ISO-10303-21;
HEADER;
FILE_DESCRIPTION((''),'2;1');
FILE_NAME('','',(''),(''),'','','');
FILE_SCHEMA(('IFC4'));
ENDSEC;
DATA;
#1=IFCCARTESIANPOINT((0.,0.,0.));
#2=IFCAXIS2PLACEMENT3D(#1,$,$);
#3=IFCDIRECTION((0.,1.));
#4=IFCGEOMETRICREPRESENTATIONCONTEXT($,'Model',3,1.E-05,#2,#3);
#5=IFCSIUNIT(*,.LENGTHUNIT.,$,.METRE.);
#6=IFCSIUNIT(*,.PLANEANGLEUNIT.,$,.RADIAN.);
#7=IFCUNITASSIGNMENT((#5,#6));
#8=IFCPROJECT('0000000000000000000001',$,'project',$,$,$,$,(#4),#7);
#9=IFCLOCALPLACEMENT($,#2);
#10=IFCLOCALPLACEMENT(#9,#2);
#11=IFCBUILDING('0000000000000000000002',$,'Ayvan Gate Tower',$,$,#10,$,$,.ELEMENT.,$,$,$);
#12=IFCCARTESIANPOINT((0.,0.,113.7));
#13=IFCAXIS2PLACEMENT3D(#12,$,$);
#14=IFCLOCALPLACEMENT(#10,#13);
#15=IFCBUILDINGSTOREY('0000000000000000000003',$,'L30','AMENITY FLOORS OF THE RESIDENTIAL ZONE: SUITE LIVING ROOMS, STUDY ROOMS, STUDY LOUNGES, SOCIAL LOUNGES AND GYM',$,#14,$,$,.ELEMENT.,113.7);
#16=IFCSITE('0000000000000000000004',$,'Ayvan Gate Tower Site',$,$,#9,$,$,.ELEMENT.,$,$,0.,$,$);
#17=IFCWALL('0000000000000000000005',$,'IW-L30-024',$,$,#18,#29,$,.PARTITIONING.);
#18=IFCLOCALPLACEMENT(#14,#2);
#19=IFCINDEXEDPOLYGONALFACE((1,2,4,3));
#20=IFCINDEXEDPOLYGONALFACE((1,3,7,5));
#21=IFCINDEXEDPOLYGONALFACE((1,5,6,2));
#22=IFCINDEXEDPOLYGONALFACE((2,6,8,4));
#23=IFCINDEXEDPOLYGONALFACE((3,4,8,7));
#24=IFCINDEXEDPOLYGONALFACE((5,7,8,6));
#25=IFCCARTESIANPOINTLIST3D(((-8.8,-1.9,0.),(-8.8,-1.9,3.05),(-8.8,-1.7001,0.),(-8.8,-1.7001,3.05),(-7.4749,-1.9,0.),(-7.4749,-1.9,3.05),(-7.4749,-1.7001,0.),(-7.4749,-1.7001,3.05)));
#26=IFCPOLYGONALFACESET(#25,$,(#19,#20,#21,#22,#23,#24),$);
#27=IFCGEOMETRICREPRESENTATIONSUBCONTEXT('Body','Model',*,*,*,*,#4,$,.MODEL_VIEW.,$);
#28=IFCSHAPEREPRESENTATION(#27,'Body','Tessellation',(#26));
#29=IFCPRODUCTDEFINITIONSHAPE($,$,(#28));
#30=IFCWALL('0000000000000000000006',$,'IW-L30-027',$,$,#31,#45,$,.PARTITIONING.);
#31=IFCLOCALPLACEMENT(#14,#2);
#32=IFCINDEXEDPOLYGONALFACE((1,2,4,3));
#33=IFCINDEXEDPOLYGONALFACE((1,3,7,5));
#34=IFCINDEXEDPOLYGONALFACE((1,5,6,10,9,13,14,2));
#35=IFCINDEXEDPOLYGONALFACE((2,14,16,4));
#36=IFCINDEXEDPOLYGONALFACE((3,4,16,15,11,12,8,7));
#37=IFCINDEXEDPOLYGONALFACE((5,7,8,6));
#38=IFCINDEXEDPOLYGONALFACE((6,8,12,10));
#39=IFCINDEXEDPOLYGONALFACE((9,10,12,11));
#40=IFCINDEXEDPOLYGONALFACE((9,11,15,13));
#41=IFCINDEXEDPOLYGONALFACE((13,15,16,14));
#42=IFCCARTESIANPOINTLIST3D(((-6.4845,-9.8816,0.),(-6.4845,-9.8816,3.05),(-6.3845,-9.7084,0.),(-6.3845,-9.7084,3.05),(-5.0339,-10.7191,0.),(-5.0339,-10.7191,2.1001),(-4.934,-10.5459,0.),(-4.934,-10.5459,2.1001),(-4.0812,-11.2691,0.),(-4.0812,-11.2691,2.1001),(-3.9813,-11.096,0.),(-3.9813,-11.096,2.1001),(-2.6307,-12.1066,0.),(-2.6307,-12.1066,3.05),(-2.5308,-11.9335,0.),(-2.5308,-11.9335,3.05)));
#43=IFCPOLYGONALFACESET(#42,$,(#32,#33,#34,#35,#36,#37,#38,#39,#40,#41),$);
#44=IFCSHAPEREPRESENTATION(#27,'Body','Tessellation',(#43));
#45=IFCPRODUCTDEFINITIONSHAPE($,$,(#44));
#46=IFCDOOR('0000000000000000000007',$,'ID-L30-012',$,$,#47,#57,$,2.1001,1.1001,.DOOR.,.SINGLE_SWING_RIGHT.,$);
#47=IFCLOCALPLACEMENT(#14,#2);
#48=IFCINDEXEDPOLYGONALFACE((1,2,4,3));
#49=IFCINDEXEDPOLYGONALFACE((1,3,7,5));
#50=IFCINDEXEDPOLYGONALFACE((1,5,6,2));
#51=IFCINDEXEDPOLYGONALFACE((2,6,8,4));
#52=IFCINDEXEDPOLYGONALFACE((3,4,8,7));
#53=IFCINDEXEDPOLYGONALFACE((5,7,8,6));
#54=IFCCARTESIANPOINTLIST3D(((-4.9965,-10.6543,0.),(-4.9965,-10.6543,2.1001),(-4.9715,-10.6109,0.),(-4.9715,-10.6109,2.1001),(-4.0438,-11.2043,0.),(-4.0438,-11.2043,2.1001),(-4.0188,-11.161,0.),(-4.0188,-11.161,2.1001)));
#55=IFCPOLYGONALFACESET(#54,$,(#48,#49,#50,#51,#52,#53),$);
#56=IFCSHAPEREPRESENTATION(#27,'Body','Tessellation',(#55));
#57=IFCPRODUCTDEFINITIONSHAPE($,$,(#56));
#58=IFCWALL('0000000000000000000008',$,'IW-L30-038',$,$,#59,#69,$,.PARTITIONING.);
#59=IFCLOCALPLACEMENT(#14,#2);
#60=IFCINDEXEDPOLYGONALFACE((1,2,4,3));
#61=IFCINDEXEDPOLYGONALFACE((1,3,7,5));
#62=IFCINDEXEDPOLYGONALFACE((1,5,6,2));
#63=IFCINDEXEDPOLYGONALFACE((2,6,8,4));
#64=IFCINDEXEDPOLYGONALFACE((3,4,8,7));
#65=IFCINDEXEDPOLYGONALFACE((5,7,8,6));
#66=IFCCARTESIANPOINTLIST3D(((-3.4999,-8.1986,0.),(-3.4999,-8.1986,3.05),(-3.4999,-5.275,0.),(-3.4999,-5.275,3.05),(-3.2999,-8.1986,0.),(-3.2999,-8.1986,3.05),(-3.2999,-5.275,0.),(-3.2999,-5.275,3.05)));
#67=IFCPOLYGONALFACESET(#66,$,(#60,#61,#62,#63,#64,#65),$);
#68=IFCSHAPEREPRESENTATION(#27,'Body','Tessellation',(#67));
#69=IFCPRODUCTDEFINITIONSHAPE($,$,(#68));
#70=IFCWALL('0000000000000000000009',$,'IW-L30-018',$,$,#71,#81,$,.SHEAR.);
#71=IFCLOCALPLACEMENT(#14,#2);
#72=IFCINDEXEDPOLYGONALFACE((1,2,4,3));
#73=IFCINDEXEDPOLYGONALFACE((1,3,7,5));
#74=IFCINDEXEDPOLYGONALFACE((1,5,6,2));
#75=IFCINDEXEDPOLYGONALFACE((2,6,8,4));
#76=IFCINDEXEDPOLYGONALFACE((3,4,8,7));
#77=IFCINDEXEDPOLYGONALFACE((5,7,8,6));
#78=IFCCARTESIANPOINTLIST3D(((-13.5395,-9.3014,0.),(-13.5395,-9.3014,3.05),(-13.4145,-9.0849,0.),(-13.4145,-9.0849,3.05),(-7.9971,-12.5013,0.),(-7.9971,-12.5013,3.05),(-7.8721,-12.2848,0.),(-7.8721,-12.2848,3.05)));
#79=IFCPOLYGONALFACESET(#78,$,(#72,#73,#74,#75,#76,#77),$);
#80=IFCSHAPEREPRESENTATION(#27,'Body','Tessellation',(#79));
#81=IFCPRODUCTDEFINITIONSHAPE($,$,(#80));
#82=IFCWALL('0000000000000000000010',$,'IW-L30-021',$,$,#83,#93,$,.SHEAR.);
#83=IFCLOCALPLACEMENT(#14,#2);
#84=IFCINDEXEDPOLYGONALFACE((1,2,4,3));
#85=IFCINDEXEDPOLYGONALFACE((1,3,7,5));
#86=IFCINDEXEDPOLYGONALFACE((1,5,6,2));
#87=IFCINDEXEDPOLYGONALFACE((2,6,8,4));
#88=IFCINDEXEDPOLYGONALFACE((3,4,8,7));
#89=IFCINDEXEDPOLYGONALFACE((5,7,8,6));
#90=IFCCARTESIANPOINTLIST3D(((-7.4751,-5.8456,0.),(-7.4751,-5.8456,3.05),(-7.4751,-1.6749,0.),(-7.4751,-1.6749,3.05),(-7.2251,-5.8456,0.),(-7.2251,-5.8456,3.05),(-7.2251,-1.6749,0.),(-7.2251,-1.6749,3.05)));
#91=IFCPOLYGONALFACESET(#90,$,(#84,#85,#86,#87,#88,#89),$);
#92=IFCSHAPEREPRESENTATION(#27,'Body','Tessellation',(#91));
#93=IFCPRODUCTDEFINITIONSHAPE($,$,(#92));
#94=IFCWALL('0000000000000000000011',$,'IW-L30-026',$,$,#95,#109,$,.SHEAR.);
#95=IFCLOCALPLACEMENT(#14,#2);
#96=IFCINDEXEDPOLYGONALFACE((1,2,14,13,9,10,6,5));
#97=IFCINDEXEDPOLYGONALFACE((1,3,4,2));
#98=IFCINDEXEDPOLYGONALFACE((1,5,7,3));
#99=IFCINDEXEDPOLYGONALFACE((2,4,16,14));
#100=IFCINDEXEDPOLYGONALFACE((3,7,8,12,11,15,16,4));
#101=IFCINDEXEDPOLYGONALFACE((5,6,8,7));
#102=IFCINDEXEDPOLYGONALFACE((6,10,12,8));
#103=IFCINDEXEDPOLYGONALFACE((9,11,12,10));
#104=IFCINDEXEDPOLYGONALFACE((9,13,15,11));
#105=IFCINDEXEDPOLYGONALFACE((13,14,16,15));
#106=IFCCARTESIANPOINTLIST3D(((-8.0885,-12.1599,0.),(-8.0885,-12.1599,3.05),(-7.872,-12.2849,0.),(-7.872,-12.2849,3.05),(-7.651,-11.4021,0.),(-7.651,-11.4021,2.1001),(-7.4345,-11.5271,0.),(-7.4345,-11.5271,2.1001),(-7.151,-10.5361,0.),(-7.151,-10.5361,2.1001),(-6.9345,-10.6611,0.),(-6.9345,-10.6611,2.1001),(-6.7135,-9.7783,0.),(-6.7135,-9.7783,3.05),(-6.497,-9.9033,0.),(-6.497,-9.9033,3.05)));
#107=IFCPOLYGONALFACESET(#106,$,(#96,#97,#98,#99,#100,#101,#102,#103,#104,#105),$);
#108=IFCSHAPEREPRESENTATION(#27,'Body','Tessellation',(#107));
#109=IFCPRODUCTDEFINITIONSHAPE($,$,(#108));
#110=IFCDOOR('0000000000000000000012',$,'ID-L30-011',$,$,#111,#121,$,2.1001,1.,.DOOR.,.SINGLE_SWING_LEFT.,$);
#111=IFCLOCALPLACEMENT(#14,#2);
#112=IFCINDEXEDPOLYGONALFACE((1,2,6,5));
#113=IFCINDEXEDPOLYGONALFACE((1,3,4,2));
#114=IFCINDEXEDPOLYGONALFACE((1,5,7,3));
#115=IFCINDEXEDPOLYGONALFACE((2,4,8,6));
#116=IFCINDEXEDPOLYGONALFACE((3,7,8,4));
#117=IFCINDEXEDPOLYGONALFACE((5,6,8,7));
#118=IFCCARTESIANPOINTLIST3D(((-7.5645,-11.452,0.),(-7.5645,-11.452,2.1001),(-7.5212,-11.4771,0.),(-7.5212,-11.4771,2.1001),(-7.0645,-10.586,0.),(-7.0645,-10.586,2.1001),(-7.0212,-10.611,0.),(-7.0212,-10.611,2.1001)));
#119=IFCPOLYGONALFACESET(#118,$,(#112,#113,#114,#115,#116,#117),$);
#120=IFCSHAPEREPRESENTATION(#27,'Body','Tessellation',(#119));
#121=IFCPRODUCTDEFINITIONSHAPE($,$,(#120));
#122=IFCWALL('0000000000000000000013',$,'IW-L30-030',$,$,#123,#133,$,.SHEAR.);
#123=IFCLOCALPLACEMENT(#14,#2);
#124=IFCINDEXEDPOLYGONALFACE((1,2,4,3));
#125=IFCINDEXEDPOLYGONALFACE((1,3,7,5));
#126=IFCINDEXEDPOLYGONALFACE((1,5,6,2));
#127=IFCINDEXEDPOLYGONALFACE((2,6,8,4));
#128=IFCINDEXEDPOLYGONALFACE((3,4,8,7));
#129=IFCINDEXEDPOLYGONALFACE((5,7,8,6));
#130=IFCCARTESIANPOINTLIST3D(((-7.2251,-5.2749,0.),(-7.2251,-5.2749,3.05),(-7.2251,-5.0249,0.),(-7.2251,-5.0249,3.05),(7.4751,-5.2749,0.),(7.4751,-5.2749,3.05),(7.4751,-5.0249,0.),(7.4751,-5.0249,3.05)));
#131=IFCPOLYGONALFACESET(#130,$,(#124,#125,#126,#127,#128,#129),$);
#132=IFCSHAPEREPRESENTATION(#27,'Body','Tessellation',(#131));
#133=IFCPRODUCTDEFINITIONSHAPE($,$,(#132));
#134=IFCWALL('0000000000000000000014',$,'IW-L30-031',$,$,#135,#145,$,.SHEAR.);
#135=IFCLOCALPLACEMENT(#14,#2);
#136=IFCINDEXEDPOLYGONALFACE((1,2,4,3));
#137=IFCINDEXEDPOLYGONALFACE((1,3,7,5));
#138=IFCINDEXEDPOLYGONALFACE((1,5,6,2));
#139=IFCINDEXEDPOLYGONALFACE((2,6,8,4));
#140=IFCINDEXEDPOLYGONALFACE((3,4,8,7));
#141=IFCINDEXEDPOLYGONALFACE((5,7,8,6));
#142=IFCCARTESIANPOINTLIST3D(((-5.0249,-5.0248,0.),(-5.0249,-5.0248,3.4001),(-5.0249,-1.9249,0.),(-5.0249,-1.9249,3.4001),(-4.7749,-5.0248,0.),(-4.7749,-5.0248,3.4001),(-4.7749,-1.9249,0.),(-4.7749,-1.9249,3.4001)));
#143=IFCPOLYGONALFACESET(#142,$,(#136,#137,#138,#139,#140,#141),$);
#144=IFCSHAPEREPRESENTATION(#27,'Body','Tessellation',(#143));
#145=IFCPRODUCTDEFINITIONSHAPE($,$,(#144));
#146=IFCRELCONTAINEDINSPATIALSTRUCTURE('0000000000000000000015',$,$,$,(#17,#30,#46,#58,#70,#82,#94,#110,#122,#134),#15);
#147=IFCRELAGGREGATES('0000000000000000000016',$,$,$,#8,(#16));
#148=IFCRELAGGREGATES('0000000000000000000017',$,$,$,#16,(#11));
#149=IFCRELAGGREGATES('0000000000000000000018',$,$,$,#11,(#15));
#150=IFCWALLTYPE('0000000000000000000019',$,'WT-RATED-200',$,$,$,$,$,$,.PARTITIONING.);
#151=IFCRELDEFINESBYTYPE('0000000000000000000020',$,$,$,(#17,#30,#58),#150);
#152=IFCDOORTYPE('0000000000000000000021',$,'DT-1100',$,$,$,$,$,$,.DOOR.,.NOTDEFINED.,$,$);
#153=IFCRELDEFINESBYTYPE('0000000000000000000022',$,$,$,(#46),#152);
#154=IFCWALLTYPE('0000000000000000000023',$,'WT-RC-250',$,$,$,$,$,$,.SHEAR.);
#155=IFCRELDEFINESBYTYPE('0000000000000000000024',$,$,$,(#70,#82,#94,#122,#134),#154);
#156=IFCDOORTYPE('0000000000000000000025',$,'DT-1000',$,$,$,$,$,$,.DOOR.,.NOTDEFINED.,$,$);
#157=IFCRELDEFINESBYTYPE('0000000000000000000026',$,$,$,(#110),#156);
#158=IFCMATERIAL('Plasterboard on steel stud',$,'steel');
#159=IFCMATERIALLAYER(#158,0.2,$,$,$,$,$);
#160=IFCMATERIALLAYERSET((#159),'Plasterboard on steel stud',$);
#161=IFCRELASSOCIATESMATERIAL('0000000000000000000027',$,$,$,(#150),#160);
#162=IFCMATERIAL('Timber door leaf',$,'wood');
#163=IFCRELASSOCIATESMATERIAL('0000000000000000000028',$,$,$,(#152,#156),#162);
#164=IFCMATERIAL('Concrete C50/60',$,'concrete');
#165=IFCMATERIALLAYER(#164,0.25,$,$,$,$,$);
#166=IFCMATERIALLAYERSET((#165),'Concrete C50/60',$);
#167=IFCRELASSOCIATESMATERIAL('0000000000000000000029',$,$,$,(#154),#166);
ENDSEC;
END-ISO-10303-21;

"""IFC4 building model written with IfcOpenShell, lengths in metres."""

from ifc_helpers import new_model, si_unit, direction, frame, frame_2d, origin, place, context, subcontext, project, spatial, rectangle, extrude, material, layer, layer_set, type_object, element, fill, save


model = new_model("IFC4")

# Units and contexts
model_context = context("Model", 3, precision=1e-05, world=origin(), true_north=direction((0.0, 1.0)))
body_context = subcontext(model_context, "Body", "Model", "MODEL_VIEW")
ifc_project = project(units=[si_unit("LENGTHUNIT", "METRE"), si_unit("PLANEANGLEUNIT", "RADIAN")], contexts=[model_context])

# Site, building, storey
site_placement = place(None, origin())
site = spatial("IfcSite", under=ifc_project, at=site_placement, Name="Ayvan Gate Tower Site", CompositionType="ELEMENT", RefElevation=0.0)
building_placement = place(site_placement, origin())
building = spatial("IfcBuilding", under=site, at=building_placement, Name="Ayvan Gate Tower", CompositionType="ELEMENT")
storey_placement = place(building_placement, frame((0.0, 0.0, 113.7)))
storey = spatial("IfcBuildingStorey", under=building, at=storey_placement, Name="L30", Description="AMENITY FLOORS OF THE RESIDENTIAL ZONE: SUITE LIVING ROOMS, STUDY ROOMS, STUDY LOUNGES, SOCIAL LOUNGES AND GYM", CompositionType="ELEMENT", Elevation=113.7)

# Wall
ifc_material_1 = material(Name="Plasterboard on steel stud", Category="steel")
ifc_layer_1 = layer(ifc_material_1, 0.2)
ifc_layer_set_1 = layer_set([ifc_layer_1], Name="Plasterboard on steel stud")
wall_type_1 = type_object("IfcWallType", Name="WT-RATED-200", PredefinedType="PARTITIONING", material=ifc_layer_set_1)
wall_1_placement = place(storey_placement, frame((-7.4749, -1.8, 0.0), z_axis=(0.0, 0.0, 1.0), x_axis=(-1.0, 0.0, 0.0)))
element("IfcWall", 1, at=wall_1_placement, inside=storey, type_object=wall_type_1, Name="IW-L30-024", PredefinedType="PARTITIONING", context=body_context, shape_type="SweptSolid", body=[
    extrude(rectangle(XDim=1.3252, YDim=0.2, at=frame_2d((0.6626, 0.0))), origin(), (0.0, 0.0, 1.0), 3.05),
])

# Wall, opening, door
wall_2_placement = place(storey_placement, frame((-6.4346, -9.7949, 0.0), z_axis=(0.0, 0.0, 1.0), x_axis=(0.866013, -0.500022, 0.0)))
wall_2 = element("IfcWall", 2, at=wall_2_placement, inside=storey, type_object=wall_type_1, Name="IW-L30-027", PredefinedType="PARTITIONING", context=body_context, shape_type="SweptSolid", body=[
    extrude(rectangle(XDim=4.45, YDim=0.2, at=frame_2d((2.2251, 0.0))), origin(), (0.0, 0.0, 1.0), 3.05),
])
opening_1_placement = place(wall_2_placement, frame((1.675, 0.0, 0.0)))
opening_1 = element("IfcOpeningElement", 3, at=opening_1_placement, cuts=wall_2, PredefinedType="OPENING", context=body_context, shape_type="SweptSolid", body=[
    extrude(rectangle(XDim=1.1001, YDim=2.1001, at=frame_2d((0.55, 1.05))), frame((0.0, 0.1099, 0.0), z_axis=(0.0, -1.0, 0.0), x_axis=(1.0, 0.0, 0.0)), (0.0, 0.0, 1.0), 0.22),
])
ifc_material_2 = material(Name="Timber door leaf", Category="wood")
door_type_1 = type_object("IfcDoorType", Name="DT-1100", OperationType="NOTDEFINED", PredefinedType="DOOR", material=ifc_material_2)
door_1_placement = place(opening_1_placement, origin())
door_1 = element("IfcDoor", 4, at=door_1_placement, inside=storey, type_object=door_type_1, Name="ID-L30-012", OperationType="SINGLE_SWING_RIGHT", OverallHeight=2.1001, OverallWidth=1.1001, PredefinedType="DOOR", context=body_context, shape_type="SweptSolid", body=[
    extrude(rectangle(XDim=1.1001, YDim=2.1001, at=frame_2d((0.55, 1.05))), frame((0.0, 0.0249, 0.0), z_axis=(0.0, -1.0, 0.0), x_axis=(1.0, 0.0, 0.0)), (0.0, 0.0, 1.0), 0.05),
])
fill(opening_1, door_1)

# Walls
wall_3_placement = place(storey_placement, frame((-3.3999, -5.2749, 0.0), z_axis=(0.0, 0.0, 1.0), x_axis=(0.0, -1.0, 0.0)))
element("IfcWall", 5, at=wall_3_placement, inside=storey, type_object=wall_type_1, Name="IW-L30-038", PredefinedType="PARTITIONING", context=body_context, shape_type="SweptSolid", body=[
    extrude(rectangle(XDim=2.9236, YDim=0.2, at=frame_2d((1.4619, 0.0))), origin(), (0.0, 0.0, 1.0), 3.05),
])
ifc_material_3 = material(Name="Concrete C50/60", Category="concrete")
ifc_layer_2 = layer(ifc_material_3, 0.25)
ifc_layer_set_2 = layer_set([ifc_layer_2], Name="Concrete C50/60")
wall_type_2 = type_object("IfcWallType", Name="WT-RC-250", PredefinedType="SHEAR", material=ifc_layer_set_2)
wall_4_placement = place(storey_placement, frame((-7.9346, -12.3931, 0.0), z_axis=(0.0, 0.0, 1.0), x_axis=(-0.866025, 0.5, 0.0)))
element("IfcWall", 6, at=wall_4_placement, inside=storey, type_object=wall_type_2, Name="IW-L30-018", PredefinedType="SHEAR", context=body_context, shape_type="SweptSolid", body=[
    extrude(rectangle(XDim=6.3999, YDim=0.25, at=frame_2d((3.2, 0.0))), origin(), (0.0, 0.0, 1.0), 3.05),
])
wall_5_placement = place(storey_placement, frame((-7.3501, -5.8457, 0.0), z_axis=(0.0, 0.0, 1.0), x_axis=(0.0, 1.0, 0.0)))
element("IfcWall", 7, at=wall_5_placement, inside=storey, type_object=wall_type_2, Name="IW-L30-021", PredefinedType="SHEAR", context=body_context, shape_type="SweptSolid", body=[
    extrude(rectangle(XDim=4.1707, YDim=0.25, at=frame_2d((2.0854, 0.0))), origin(), (0.0, 0.0, 1.0), 3.05),
])

# Wall, opening, door
wall_6_placement = place(storey_placement, frame((-6.6052, -9.8408, 0.0), z_axis=(0.0, 0.0, 1.0), x_axis=(-0.499997, -0.866027, 0.0)))
wall_6 = element("IfcWall", 8, at=wall_6_placement, inside=storey, type_object=wall_type_2, Name="IW-L30-026", PredefinedType="SHEAR", context=body_context, shape_type="SweptSolid", body=[
    extrude(rectangle(XDim=2.75, YDim=0.25, at=frame_2d((1.375, 0.0))), origin(), (0.0, 0.0, 1.0), 3.05),
])
opening_2_placement = place(wall_6_placement, frame((0.875, 0.0, 0.0)))
opening_2 = element("IfcOpeningElement", 9, at=opening_2_placement, cuts=wall_6, PredefinedType="OPENING", context=body_context, shape_type="SweptSolid", body=[
    extrude(rectangle(XDim=1.0, YDim=2.1001, at=frame_2d((0.5, 1.05))), frame((0.0, 0.135, 0.0), z_axis=(0.0, -1.0, 0.0), x_axis=(1.0, 0.0, 0.0)), (0.0, 0.0, 1.0), 0.27),
])
door_type_2 = type_object("IfcDoorType", Name="DT-1000", OperationType="NOTDEFINED", PredefinedType="DOOR", material=ifc_material_2)
door_2_placement = place(opening_2_placement, origin())
door_2 = element("IfcDoor", 10, at=door_2_placement, inside=storey, type_object=door_type_2, Name="ID-L30-011", OperationType="SINGLE_SWING_LEFT", OverallHeight=2.1001, OverallWidth=1.0, PredefinedType="DOOR", context=body_context, shape_type="SweptSolid", body=[
    extrude(rectangle(XDim=1.0, YDim=2.1001, at=frame_2d((0.5, 1.05))), frame((0.0, 0.0249, 0.0), z_axis=(0.0, -1.0, 0.0), x_axis=(1.0, 0.0, 0.0)), (0.0, 0.0, 1.0), 0.05),
])
fill(opening_2, door_2)

# Walls
wall_7_placement = place(storey_placement, frame((-7.2251, -5.1499, 0.0), z_axis=(0.0, 0.0, 1.0), x_axis=(1.0, 0.0, 0.0)))
element("IfcWall", 11, at=wall_7_placement, inside=storey, type_object=wall_type_2, Name="IW-L30-030", PredefinedType="SHEAR", context=body_context, shape_type="SweptSolid", body=[
    extrude(rectangle(XDim=14.7002, YDim=0.25, at=frame_2d((7.3501, 0.0))), origin(), (0.0, 0.0, 1.0), 3.05),
])
wall_8_placement = place(storey_placement, frame((-4.8999, -1.925, 0.0), z_axis=(0.0, 0.0, 1.0), x_axis=(0.0, -1.0, 0.0)))
element("IfcWall", 12, at=wall_8_placement, inside=storey, type_object=wall_type_2, Name="IW-L30-031", PredefinedType="SHEAR", context=body_context, shape_type="SweptSolid", body=[
    extrude(rectangle(XDim=3.0999, YDim=0.25, at=frame_2d((1.5498, 0.0))), origin(), (0.0, 0.0, 1.0), 3.4001),
])

save(model, "model.ifc")
